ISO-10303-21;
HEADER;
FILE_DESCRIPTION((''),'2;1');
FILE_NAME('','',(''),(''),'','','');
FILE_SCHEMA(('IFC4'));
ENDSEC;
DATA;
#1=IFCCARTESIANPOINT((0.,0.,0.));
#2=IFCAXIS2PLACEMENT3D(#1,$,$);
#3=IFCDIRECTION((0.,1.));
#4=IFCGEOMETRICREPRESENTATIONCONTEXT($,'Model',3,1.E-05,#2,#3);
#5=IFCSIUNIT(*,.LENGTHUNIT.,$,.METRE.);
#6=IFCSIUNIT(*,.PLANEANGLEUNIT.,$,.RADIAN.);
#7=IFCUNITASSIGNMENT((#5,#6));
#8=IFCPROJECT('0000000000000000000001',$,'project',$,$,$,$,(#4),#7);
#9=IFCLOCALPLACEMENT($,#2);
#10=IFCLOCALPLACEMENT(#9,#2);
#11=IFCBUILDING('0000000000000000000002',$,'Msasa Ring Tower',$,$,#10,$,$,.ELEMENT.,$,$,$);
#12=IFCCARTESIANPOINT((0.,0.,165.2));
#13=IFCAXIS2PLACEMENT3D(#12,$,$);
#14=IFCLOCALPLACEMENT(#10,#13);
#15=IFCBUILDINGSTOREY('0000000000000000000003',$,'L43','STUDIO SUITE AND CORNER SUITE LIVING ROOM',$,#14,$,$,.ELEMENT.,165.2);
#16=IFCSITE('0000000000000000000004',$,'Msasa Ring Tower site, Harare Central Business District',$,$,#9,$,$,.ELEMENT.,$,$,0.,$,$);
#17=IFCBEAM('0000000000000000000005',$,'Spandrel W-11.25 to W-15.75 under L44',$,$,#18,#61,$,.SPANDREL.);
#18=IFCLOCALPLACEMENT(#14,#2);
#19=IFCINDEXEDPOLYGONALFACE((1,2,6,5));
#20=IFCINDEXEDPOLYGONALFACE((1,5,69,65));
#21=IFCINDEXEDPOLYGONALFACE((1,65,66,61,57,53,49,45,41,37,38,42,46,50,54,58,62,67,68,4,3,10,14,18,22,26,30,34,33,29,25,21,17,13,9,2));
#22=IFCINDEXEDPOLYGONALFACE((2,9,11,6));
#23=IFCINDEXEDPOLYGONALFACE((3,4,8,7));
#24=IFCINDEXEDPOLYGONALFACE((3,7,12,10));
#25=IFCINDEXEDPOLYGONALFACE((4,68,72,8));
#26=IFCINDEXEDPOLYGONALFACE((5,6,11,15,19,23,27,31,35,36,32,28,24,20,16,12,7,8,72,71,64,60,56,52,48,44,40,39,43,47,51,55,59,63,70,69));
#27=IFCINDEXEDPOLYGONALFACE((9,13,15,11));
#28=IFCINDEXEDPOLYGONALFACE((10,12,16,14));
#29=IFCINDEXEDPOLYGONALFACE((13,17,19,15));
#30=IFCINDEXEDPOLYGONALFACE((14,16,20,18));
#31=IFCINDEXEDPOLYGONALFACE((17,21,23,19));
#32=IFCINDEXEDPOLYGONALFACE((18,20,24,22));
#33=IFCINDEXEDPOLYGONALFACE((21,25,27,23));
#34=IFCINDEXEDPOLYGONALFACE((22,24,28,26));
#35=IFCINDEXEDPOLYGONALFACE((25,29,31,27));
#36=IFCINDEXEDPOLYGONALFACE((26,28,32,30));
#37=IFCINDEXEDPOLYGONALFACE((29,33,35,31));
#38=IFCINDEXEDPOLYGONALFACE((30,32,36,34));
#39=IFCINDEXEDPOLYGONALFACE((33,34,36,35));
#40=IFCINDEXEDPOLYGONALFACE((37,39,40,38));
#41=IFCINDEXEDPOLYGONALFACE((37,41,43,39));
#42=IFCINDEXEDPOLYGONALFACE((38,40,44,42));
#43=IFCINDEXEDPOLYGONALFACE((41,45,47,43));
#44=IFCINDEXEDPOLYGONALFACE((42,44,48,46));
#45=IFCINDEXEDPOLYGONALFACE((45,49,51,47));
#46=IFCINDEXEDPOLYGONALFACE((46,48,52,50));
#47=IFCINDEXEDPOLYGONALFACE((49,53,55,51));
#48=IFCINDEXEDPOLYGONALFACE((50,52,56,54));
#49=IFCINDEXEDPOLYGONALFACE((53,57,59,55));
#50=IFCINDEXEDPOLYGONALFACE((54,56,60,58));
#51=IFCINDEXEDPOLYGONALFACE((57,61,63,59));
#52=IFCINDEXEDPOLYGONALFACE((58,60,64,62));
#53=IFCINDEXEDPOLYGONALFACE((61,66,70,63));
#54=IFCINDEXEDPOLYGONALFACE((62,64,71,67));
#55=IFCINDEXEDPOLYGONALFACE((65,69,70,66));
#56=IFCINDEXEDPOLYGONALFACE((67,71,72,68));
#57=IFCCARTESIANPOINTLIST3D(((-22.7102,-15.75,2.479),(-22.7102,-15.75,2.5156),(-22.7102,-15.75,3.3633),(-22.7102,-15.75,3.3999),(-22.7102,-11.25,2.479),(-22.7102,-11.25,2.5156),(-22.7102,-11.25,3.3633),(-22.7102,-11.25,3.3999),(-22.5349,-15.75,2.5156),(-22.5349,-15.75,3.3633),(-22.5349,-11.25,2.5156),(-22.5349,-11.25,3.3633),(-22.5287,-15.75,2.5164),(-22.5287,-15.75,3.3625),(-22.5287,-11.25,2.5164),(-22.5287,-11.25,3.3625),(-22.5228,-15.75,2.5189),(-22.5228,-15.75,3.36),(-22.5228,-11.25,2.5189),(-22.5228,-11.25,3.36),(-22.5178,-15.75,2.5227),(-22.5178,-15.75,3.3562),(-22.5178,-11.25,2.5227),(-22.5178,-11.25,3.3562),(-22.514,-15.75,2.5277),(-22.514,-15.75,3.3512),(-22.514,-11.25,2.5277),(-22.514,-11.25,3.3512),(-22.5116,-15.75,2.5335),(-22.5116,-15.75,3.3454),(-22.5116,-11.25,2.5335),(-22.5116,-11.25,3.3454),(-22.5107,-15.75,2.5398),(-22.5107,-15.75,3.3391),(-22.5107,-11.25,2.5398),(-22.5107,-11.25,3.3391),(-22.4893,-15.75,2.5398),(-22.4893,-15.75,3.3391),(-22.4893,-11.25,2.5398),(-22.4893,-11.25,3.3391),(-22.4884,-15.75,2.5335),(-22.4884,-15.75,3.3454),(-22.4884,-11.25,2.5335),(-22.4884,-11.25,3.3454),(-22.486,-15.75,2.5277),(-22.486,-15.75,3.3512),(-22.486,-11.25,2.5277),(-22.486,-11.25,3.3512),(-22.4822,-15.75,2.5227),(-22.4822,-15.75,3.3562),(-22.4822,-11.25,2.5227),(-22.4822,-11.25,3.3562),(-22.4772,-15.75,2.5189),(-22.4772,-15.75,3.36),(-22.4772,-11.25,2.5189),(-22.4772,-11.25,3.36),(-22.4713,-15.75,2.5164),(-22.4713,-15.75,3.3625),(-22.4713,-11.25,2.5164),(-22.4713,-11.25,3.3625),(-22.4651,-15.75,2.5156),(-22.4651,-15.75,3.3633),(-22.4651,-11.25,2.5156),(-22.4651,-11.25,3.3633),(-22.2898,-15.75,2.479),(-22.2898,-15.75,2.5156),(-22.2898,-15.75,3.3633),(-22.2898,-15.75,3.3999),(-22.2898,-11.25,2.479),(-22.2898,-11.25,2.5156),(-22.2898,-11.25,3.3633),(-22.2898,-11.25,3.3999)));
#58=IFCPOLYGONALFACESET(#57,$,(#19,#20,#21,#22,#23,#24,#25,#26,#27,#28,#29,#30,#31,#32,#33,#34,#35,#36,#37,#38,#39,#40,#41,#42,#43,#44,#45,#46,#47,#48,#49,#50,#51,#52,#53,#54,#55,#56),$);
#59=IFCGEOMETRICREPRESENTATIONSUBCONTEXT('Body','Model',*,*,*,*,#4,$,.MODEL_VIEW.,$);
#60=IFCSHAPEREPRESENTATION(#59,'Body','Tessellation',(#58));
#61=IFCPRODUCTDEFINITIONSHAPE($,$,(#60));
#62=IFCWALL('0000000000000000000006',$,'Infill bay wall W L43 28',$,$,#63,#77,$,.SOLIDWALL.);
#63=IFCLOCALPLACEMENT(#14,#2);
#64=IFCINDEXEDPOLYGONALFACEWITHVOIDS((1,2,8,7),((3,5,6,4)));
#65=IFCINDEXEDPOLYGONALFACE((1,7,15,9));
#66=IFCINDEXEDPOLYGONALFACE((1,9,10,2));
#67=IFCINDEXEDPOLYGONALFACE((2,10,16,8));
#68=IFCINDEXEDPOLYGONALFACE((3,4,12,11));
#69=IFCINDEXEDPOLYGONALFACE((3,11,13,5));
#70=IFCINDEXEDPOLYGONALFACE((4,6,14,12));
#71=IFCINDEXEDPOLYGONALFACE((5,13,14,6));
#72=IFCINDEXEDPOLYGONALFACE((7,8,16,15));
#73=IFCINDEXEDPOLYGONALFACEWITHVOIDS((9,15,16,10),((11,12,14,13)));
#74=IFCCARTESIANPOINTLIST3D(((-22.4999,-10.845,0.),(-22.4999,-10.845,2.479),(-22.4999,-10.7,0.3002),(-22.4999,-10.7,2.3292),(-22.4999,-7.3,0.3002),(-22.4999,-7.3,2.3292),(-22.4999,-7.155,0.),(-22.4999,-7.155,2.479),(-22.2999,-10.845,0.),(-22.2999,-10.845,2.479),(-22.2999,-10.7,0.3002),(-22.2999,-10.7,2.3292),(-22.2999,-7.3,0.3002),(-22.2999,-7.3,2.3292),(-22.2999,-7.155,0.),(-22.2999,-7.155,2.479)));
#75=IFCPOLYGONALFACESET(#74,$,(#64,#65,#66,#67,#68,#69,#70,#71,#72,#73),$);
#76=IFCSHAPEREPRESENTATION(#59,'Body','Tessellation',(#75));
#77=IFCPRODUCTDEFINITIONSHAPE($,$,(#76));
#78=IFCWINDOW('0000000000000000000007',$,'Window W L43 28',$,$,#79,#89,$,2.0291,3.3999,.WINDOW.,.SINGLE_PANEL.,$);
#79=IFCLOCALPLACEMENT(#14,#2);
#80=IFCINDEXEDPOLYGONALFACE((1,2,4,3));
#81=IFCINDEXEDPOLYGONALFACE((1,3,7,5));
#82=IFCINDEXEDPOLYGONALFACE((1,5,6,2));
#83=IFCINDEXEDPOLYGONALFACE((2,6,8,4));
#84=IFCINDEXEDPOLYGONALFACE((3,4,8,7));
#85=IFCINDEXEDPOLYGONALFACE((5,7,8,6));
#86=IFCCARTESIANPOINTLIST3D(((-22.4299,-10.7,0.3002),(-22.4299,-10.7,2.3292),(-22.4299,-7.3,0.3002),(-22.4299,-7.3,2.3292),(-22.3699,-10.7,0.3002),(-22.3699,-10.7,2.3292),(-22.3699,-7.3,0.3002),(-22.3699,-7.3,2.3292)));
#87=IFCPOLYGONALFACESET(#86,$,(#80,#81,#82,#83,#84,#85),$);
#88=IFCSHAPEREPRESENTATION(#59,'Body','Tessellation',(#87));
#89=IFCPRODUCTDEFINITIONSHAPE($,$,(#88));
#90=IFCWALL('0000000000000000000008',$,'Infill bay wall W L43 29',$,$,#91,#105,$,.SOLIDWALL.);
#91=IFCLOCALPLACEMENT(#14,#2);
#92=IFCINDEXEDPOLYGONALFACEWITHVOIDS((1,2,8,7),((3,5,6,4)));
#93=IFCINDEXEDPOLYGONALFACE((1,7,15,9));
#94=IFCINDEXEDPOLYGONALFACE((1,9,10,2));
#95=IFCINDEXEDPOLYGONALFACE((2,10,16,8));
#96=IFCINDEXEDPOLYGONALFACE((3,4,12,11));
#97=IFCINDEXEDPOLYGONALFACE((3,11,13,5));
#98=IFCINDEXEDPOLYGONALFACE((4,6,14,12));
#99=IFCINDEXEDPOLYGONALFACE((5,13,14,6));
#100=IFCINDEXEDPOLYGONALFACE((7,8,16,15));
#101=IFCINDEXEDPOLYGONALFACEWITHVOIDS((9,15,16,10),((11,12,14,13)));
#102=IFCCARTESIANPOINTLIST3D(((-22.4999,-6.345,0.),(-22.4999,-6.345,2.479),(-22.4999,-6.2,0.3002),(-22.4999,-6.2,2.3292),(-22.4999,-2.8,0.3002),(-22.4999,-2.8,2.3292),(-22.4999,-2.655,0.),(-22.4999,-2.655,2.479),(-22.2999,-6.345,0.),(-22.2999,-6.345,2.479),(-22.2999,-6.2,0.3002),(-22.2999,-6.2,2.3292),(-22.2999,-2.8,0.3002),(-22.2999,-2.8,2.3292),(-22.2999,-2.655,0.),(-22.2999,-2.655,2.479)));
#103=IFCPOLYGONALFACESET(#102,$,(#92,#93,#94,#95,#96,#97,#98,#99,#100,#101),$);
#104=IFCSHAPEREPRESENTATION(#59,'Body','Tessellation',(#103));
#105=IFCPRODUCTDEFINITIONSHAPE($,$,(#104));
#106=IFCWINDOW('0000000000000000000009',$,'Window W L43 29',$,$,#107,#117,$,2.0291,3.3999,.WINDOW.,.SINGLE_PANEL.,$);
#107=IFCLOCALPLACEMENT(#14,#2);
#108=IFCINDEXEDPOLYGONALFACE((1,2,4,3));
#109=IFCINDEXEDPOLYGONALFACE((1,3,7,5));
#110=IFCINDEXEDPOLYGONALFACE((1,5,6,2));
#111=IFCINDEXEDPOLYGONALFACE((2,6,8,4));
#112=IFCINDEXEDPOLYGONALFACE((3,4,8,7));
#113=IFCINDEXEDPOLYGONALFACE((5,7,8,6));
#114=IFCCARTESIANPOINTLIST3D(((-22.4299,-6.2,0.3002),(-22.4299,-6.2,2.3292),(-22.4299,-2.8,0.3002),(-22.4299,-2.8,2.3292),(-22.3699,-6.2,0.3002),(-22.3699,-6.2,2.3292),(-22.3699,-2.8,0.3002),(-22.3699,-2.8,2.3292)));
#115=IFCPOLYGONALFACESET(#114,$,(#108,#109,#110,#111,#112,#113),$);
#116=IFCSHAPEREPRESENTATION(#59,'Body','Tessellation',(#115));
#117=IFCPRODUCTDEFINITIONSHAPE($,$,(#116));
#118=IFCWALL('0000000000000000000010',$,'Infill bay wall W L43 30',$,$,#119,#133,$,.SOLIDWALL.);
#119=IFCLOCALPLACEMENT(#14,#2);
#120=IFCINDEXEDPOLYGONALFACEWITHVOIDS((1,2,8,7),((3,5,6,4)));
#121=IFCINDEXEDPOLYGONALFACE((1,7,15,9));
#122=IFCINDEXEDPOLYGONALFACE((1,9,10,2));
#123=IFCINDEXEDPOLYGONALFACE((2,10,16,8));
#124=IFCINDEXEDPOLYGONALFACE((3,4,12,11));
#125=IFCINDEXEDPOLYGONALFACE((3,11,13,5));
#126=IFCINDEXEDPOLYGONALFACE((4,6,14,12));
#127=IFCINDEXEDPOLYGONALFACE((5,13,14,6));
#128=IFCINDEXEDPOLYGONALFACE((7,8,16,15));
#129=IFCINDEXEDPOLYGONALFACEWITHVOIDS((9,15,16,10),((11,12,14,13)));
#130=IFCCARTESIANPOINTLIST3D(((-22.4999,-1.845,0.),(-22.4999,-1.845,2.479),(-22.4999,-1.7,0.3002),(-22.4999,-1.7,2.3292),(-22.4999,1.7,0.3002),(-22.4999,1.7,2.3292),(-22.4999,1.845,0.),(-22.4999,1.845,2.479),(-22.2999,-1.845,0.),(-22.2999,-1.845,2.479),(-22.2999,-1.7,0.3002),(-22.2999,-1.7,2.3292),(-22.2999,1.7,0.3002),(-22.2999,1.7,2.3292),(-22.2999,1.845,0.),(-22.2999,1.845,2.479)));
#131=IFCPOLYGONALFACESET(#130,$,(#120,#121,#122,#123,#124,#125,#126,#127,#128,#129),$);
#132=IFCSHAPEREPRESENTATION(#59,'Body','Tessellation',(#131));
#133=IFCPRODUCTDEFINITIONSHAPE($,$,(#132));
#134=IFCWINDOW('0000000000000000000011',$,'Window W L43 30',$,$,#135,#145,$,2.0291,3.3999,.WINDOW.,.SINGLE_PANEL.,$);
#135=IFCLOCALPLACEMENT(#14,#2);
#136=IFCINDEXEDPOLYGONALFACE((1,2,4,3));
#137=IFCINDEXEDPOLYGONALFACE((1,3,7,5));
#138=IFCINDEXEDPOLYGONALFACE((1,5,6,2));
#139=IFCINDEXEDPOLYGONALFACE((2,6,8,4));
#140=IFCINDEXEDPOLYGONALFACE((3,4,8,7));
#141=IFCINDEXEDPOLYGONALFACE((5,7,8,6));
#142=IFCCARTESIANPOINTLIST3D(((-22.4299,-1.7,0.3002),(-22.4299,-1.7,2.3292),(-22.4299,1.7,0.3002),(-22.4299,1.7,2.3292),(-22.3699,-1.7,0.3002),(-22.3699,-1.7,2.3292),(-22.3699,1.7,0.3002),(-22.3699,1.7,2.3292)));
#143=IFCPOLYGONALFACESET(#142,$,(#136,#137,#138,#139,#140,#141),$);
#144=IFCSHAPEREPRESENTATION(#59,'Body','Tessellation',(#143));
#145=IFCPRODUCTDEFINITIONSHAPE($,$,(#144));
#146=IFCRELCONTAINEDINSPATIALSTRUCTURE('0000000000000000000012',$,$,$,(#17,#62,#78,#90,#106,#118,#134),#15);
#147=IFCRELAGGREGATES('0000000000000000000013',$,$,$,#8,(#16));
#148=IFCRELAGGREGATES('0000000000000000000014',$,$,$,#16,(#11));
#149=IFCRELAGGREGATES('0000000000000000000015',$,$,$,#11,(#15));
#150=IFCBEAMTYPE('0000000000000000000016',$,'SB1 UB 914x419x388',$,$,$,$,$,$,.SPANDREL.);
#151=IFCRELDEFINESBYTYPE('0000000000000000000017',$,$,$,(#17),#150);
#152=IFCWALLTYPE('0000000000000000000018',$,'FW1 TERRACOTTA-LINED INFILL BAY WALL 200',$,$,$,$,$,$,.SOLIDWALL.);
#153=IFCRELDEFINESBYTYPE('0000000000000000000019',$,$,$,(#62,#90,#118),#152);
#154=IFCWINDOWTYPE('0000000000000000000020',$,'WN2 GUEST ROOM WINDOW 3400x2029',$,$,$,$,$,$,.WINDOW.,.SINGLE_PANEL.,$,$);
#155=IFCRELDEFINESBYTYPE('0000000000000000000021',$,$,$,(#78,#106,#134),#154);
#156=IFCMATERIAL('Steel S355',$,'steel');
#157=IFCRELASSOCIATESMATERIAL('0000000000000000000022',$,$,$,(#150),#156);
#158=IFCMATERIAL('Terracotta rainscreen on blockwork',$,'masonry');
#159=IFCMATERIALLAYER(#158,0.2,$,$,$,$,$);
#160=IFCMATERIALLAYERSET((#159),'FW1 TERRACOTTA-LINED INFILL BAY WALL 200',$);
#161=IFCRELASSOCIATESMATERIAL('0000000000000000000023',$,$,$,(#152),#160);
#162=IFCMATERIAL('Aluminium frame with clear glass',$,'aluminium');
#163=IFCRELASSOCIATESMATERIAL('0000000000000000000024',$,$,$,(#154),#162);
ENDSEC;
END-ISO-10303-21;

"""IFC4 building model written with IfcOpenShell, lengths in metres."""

from ifc_helpers import new_model, si_unit, direction, frame, frame_2d, origin, origin_2d, place, context, subcontext, project, spatial, rectangle, i_section, extrude, material, layer, layer_set, material_profile, profile_set, type_object, element, fill, save


model = new_model("IFC4")

# Units and contexts
model_context = context("Model", 3, precision=1e-05, world=origin(), true_north=direction((0.0, 1.0)))
body_context = subcontext(model_context, "Body", "Model", "MODEL_VIEW")
ifc_project = project(units=[si_unit("LENGTHUNIT", "METRE"), si_unit("PLANEANGLEUNIT", "RADIAN")], contexts=[model_context])

# Site, building, storey
site_placement = place(None, origin())
site = spatial("IfcSite", under=ifc_project, at=site_placement, Name="Msasa Ring Tower site, Harare Central Business District", CompositionType="ELEMENT", RefElevation=0.0)
building_placement = place(site_placement, origin())
building = spatial("IfcBuilding", under=site, at=building_placement, Name="Msasa Ring Tower", CompositionType="ELEMENT")
storey_placement = place(building_placement, frame((0.0, 0.0, 165.2)))
storey = spatial("IfcBuildingStorey", under=building, at=storey_placement, Name="L43", Description="STUDIO SUITE AND CORNER SUITE LIVING ROOM", CompositionType="ELEMENT", Elevation=165.2)

# Beam
ifc_material_1 = material(Name="Steel S355", Category="steel")
ifc_material_profile_1 = material_profile(ifc_material_1, i_section(OverallWidth=0.4204, OverallDepth=0.9209, WebThickness=0.0215, FlangeThickness=0.0366, FilletRadius=0.0242, at=origin_2d()), Name="UB 914x419x388")
ifc_profile_set_1 = profile_set([ifc_material_profile_1], Name="Steel S355")
beam_type_1 = type_object("IfcBeamType", Name="SB1 UB 914x419x388", PredefinedType="SPANDREL", material=ifc_profile_set_1)
for number, where, z_axis, x_axis, name in (
    (1, (-22.5, -11.25, 2.9395), (0.0, -1.0, 0.0), (1.0, 0.0, 0.0), "Spandrel W-11.25 to W-15.75 under L44"),
):
    element("IfcBeam", number, at=place(storey_placement, frame(where, z_axis=z_axis, x_axis=x_axis)), inside=storey, type_object=beam_type_1, Name=name, PredefinedType="SPANDREL", context=body_context, shape_type="SweptSolid", body=[
        extrude(i_section(OverallWidth=0.4204, OverallDepth=0.9209, WebThickness=0.0215, FlangeThickness=0.0366, FilletRadius=0.0242, at=origin_2d()), origin(), (0.0, 0.0, 1.0), 4.5),
    ])

# Walls, openings, windows
ifc_material_2 = material(Name="Terracotta rainscreen on blockwork", Category="masonry")
ifc_layer_1 = layer(ifc_material_2, 0.2)
ifc_layer_set_1 = layer_set([ifc_layer_1], Name="FW1 TERRACOTTA-LINED INFILL BAY WALL 200")
wall_type_1 = type_object("IfcWallType", Name="FW1 TERRACOTTA-LINED INFILL BAY WALL 200", PredefinedType="SOLIDWALL", material=ifc_layer_set_1)
wall_1_placement = place(storey_placement, frame((-22.3999, -10.845, 0.0), z_axis=(0.0, 0.0, 1.0), x_axis=(0.0, 1.0, 0.0)))
wall_1 = element("IfcWall", 2, at=wall_1_placement, inside=storey, type_object=wall_type_1, Name="Infill bay wall W L43 28", PredefinedType="SOLIDWALL", context=body_context, shape_type="SweptSolid", body=[
    extrude(rectangle(XDim=3.6899, YDim=0.2, at=frame_2d((1.845, 0.0))), origin(), (0.0, 0.0, 1.0), 2.479),
])
opening_1_placement = place(wall_1_placement, frame((0.145, 0.0, 0.3)))
opening_1 = element("IfcOpeningElement", 3, at=opening_1_placement, cuts=wall_1, PredefinedType="OPENING", context=body_context, shape_type="SweptSolid", body=[
    extrude(rectangle(XDim=3.3999, YDim=2.0291, at=frame_2d((1.7, 1.0146))), frame((0.0, 0.1099, 0.0), z_axis=(0.0, -1.0, 0.0), x_axis=(1.0, 0.0, 0.0)), (0.0, 0.0, 1.0), 0.22),
])
ifc_material_3 = material(Name="Aluminium frame with clear glass", Category="aluminium")
window_type = type_object("IfcWindowType", Name="WN2 GUEST ROOM WINDOW 3400x2029", PartitioningType="SINGLE_PANEL", PredefinedType="WINDOW", material=ifc_material_3)
window_1_placement = place(opening_1_placement, origin())
window_1 = element("IfcWindow", 4, at=window_1_placement, inside=storey, type_object=window_type, Name="Window W L43 28", OverallHeight=2.0291, OverallWidth=3.3999, PartitioningType="SINGLE_PANEL", PredefinedType="WINDOW", context=body_context, shape_type="SweptSolid", body=[
    extrude(rectangle(XDim=3.3999, YDim=2.0291, at=frame_2d((1.7, 1.0146))), frame((0.0, 0.03, 0.0), z_axis=(0.0, -1.0, 0.0), x_axis=(1.0, 0.0, 0.0)), (0.0, 0.0, 1.0), 0.0601),
])
fill(opening_1, window_1)
wall_2_placement = place(storey_placement, frame((-22.3999, -6.345, 0.0), z_axis=(0.0, 0.0, 1.0), x_axis=(0.0, 1.0, 0.0)))
wall_2 = element("IfcWall", 5, at=wall_2_placement, inside=storey, type_object=wall_type_1, Name="Infill bay wall W L43 29", PredefinedType="SOLIDWALL", context=body_context, shape_type="SweptSolid", body=[
    extrude(rectangle(XDim=3.6899, YDim=0.2, at=frame_2d((1.845, 0.0))), origin(), (0.0, 0.0, 1.0), 2.479),
])
opening_2_placement = place(wall_2_placement, frame((0.145, 0.0, 0.3)))
opening_2 = element("IfcOpeningElement", 6, at=opening_2_placement, cuts=wall_2, PredefinedType="OPENING", context=body_context, shape_type="SweptSolid", body=[
    extrude(rectangle(XDim=3.3999, YDim=2.0291, at=frame_2d((1.7, 1.0146))), frame((0.0, 0.1099, 0.0), z_axis=(0.0, -1.0, 0.0), x_axis=(1.0, 0.0, 0.0)), (0.0, 0.0, 1.0), 0.22),
])
window_2_placement = place(opening_2_placement, origin())
window_2 = element("IfcWindow", 7, at=window_2_placement, inside=storey, type_object=window_type, Name="Window W L43 29", OverallHeight=2.0291, OverallWidth=3.3999, PartitioningType="SINGLE_PANEL", PredefinedType="WINDOW", context=body_context, shape_type="SweptSolid", body=[
    extrude(rectangle(XDim=3.3999, YDim=2.0291, at=frame_2d((1.7, 1.0146))), frame((0.0, 0.03, 0.0), z_axis=(0.0, -1.0, 0.0), x_axis=(1.0, 0.0, 0.0)), (0.0, 0.0, 1.0), 0.0601),
])
fill(opening_2, window_2)
wall_3_placement = place(storey_placement, frame((-22.3999, -1.845, 0.0), z_axis=(0.0, 0.0, 1.0), x_axis=(0.0, 1.0, 0.0)))
wall_3 = element("IfcWall", 8, at=wall_3_placement, inside=storey, type_object=wall_type_1, Name="Infill bay wall W L43 30", PredefinedType="SOLIDWALL", context=body_context, shape_type="SweptSolid", body=[
    extrude(rectangle(XDim=3.6899, YDim=0.2, at=frame_2d((1.845, 0.0))), origin(), (0.0, 0.0, 1.0), 2.479),
])
opening_3_placement = place(wall_3_placement, frame((0.145, 0.0, 0.3)))
opening_3 = element("IfcOpeningElement", 9, at=opening_3_placement, cuts=wall_3, PredefinedType="OPENING", context=body_context, shape_type="SweptSolid", body=[
    extrude(rectangle(XDim=3.3999, YDim=2.0291, at=frame_2d((1.7, 1.0146))), frame((0.0, 0.1099, 0.0), z_axis=(0.0, -1.0, 0.0), x_axis=(1.0, 0.0, 0.0)), (0.0, 0.0, 1.0), 0.22),
])
window_3_placement = place(opening_3_placement, origin())
window_3 = element("IfcWindow", 10, at=window_3_placement, inside=storey, type_object=window_type, Name="Window W L43 30", OverallHeight=2.0291, OverallWidth=3.3999, PartitioningType="SINGLE_PANEL", PredefinedType="WINDOW", context=body_context, shape_type="SweptSolid", body=[
    extrude(rectangle(XDim=3.3999, YDim=2.0291, at=frame_2d((1.7, 1.0146))), frame((0.0, 0.03, 0.0), z_axis=(0.0, -1.0, 0.0), x_axis=(1.0, 0.0, 0.0)), (0.0, 0.0, 1.0), 0.0601),
])
fill(opening_3, window_3)

save(model, "model.ifc")
